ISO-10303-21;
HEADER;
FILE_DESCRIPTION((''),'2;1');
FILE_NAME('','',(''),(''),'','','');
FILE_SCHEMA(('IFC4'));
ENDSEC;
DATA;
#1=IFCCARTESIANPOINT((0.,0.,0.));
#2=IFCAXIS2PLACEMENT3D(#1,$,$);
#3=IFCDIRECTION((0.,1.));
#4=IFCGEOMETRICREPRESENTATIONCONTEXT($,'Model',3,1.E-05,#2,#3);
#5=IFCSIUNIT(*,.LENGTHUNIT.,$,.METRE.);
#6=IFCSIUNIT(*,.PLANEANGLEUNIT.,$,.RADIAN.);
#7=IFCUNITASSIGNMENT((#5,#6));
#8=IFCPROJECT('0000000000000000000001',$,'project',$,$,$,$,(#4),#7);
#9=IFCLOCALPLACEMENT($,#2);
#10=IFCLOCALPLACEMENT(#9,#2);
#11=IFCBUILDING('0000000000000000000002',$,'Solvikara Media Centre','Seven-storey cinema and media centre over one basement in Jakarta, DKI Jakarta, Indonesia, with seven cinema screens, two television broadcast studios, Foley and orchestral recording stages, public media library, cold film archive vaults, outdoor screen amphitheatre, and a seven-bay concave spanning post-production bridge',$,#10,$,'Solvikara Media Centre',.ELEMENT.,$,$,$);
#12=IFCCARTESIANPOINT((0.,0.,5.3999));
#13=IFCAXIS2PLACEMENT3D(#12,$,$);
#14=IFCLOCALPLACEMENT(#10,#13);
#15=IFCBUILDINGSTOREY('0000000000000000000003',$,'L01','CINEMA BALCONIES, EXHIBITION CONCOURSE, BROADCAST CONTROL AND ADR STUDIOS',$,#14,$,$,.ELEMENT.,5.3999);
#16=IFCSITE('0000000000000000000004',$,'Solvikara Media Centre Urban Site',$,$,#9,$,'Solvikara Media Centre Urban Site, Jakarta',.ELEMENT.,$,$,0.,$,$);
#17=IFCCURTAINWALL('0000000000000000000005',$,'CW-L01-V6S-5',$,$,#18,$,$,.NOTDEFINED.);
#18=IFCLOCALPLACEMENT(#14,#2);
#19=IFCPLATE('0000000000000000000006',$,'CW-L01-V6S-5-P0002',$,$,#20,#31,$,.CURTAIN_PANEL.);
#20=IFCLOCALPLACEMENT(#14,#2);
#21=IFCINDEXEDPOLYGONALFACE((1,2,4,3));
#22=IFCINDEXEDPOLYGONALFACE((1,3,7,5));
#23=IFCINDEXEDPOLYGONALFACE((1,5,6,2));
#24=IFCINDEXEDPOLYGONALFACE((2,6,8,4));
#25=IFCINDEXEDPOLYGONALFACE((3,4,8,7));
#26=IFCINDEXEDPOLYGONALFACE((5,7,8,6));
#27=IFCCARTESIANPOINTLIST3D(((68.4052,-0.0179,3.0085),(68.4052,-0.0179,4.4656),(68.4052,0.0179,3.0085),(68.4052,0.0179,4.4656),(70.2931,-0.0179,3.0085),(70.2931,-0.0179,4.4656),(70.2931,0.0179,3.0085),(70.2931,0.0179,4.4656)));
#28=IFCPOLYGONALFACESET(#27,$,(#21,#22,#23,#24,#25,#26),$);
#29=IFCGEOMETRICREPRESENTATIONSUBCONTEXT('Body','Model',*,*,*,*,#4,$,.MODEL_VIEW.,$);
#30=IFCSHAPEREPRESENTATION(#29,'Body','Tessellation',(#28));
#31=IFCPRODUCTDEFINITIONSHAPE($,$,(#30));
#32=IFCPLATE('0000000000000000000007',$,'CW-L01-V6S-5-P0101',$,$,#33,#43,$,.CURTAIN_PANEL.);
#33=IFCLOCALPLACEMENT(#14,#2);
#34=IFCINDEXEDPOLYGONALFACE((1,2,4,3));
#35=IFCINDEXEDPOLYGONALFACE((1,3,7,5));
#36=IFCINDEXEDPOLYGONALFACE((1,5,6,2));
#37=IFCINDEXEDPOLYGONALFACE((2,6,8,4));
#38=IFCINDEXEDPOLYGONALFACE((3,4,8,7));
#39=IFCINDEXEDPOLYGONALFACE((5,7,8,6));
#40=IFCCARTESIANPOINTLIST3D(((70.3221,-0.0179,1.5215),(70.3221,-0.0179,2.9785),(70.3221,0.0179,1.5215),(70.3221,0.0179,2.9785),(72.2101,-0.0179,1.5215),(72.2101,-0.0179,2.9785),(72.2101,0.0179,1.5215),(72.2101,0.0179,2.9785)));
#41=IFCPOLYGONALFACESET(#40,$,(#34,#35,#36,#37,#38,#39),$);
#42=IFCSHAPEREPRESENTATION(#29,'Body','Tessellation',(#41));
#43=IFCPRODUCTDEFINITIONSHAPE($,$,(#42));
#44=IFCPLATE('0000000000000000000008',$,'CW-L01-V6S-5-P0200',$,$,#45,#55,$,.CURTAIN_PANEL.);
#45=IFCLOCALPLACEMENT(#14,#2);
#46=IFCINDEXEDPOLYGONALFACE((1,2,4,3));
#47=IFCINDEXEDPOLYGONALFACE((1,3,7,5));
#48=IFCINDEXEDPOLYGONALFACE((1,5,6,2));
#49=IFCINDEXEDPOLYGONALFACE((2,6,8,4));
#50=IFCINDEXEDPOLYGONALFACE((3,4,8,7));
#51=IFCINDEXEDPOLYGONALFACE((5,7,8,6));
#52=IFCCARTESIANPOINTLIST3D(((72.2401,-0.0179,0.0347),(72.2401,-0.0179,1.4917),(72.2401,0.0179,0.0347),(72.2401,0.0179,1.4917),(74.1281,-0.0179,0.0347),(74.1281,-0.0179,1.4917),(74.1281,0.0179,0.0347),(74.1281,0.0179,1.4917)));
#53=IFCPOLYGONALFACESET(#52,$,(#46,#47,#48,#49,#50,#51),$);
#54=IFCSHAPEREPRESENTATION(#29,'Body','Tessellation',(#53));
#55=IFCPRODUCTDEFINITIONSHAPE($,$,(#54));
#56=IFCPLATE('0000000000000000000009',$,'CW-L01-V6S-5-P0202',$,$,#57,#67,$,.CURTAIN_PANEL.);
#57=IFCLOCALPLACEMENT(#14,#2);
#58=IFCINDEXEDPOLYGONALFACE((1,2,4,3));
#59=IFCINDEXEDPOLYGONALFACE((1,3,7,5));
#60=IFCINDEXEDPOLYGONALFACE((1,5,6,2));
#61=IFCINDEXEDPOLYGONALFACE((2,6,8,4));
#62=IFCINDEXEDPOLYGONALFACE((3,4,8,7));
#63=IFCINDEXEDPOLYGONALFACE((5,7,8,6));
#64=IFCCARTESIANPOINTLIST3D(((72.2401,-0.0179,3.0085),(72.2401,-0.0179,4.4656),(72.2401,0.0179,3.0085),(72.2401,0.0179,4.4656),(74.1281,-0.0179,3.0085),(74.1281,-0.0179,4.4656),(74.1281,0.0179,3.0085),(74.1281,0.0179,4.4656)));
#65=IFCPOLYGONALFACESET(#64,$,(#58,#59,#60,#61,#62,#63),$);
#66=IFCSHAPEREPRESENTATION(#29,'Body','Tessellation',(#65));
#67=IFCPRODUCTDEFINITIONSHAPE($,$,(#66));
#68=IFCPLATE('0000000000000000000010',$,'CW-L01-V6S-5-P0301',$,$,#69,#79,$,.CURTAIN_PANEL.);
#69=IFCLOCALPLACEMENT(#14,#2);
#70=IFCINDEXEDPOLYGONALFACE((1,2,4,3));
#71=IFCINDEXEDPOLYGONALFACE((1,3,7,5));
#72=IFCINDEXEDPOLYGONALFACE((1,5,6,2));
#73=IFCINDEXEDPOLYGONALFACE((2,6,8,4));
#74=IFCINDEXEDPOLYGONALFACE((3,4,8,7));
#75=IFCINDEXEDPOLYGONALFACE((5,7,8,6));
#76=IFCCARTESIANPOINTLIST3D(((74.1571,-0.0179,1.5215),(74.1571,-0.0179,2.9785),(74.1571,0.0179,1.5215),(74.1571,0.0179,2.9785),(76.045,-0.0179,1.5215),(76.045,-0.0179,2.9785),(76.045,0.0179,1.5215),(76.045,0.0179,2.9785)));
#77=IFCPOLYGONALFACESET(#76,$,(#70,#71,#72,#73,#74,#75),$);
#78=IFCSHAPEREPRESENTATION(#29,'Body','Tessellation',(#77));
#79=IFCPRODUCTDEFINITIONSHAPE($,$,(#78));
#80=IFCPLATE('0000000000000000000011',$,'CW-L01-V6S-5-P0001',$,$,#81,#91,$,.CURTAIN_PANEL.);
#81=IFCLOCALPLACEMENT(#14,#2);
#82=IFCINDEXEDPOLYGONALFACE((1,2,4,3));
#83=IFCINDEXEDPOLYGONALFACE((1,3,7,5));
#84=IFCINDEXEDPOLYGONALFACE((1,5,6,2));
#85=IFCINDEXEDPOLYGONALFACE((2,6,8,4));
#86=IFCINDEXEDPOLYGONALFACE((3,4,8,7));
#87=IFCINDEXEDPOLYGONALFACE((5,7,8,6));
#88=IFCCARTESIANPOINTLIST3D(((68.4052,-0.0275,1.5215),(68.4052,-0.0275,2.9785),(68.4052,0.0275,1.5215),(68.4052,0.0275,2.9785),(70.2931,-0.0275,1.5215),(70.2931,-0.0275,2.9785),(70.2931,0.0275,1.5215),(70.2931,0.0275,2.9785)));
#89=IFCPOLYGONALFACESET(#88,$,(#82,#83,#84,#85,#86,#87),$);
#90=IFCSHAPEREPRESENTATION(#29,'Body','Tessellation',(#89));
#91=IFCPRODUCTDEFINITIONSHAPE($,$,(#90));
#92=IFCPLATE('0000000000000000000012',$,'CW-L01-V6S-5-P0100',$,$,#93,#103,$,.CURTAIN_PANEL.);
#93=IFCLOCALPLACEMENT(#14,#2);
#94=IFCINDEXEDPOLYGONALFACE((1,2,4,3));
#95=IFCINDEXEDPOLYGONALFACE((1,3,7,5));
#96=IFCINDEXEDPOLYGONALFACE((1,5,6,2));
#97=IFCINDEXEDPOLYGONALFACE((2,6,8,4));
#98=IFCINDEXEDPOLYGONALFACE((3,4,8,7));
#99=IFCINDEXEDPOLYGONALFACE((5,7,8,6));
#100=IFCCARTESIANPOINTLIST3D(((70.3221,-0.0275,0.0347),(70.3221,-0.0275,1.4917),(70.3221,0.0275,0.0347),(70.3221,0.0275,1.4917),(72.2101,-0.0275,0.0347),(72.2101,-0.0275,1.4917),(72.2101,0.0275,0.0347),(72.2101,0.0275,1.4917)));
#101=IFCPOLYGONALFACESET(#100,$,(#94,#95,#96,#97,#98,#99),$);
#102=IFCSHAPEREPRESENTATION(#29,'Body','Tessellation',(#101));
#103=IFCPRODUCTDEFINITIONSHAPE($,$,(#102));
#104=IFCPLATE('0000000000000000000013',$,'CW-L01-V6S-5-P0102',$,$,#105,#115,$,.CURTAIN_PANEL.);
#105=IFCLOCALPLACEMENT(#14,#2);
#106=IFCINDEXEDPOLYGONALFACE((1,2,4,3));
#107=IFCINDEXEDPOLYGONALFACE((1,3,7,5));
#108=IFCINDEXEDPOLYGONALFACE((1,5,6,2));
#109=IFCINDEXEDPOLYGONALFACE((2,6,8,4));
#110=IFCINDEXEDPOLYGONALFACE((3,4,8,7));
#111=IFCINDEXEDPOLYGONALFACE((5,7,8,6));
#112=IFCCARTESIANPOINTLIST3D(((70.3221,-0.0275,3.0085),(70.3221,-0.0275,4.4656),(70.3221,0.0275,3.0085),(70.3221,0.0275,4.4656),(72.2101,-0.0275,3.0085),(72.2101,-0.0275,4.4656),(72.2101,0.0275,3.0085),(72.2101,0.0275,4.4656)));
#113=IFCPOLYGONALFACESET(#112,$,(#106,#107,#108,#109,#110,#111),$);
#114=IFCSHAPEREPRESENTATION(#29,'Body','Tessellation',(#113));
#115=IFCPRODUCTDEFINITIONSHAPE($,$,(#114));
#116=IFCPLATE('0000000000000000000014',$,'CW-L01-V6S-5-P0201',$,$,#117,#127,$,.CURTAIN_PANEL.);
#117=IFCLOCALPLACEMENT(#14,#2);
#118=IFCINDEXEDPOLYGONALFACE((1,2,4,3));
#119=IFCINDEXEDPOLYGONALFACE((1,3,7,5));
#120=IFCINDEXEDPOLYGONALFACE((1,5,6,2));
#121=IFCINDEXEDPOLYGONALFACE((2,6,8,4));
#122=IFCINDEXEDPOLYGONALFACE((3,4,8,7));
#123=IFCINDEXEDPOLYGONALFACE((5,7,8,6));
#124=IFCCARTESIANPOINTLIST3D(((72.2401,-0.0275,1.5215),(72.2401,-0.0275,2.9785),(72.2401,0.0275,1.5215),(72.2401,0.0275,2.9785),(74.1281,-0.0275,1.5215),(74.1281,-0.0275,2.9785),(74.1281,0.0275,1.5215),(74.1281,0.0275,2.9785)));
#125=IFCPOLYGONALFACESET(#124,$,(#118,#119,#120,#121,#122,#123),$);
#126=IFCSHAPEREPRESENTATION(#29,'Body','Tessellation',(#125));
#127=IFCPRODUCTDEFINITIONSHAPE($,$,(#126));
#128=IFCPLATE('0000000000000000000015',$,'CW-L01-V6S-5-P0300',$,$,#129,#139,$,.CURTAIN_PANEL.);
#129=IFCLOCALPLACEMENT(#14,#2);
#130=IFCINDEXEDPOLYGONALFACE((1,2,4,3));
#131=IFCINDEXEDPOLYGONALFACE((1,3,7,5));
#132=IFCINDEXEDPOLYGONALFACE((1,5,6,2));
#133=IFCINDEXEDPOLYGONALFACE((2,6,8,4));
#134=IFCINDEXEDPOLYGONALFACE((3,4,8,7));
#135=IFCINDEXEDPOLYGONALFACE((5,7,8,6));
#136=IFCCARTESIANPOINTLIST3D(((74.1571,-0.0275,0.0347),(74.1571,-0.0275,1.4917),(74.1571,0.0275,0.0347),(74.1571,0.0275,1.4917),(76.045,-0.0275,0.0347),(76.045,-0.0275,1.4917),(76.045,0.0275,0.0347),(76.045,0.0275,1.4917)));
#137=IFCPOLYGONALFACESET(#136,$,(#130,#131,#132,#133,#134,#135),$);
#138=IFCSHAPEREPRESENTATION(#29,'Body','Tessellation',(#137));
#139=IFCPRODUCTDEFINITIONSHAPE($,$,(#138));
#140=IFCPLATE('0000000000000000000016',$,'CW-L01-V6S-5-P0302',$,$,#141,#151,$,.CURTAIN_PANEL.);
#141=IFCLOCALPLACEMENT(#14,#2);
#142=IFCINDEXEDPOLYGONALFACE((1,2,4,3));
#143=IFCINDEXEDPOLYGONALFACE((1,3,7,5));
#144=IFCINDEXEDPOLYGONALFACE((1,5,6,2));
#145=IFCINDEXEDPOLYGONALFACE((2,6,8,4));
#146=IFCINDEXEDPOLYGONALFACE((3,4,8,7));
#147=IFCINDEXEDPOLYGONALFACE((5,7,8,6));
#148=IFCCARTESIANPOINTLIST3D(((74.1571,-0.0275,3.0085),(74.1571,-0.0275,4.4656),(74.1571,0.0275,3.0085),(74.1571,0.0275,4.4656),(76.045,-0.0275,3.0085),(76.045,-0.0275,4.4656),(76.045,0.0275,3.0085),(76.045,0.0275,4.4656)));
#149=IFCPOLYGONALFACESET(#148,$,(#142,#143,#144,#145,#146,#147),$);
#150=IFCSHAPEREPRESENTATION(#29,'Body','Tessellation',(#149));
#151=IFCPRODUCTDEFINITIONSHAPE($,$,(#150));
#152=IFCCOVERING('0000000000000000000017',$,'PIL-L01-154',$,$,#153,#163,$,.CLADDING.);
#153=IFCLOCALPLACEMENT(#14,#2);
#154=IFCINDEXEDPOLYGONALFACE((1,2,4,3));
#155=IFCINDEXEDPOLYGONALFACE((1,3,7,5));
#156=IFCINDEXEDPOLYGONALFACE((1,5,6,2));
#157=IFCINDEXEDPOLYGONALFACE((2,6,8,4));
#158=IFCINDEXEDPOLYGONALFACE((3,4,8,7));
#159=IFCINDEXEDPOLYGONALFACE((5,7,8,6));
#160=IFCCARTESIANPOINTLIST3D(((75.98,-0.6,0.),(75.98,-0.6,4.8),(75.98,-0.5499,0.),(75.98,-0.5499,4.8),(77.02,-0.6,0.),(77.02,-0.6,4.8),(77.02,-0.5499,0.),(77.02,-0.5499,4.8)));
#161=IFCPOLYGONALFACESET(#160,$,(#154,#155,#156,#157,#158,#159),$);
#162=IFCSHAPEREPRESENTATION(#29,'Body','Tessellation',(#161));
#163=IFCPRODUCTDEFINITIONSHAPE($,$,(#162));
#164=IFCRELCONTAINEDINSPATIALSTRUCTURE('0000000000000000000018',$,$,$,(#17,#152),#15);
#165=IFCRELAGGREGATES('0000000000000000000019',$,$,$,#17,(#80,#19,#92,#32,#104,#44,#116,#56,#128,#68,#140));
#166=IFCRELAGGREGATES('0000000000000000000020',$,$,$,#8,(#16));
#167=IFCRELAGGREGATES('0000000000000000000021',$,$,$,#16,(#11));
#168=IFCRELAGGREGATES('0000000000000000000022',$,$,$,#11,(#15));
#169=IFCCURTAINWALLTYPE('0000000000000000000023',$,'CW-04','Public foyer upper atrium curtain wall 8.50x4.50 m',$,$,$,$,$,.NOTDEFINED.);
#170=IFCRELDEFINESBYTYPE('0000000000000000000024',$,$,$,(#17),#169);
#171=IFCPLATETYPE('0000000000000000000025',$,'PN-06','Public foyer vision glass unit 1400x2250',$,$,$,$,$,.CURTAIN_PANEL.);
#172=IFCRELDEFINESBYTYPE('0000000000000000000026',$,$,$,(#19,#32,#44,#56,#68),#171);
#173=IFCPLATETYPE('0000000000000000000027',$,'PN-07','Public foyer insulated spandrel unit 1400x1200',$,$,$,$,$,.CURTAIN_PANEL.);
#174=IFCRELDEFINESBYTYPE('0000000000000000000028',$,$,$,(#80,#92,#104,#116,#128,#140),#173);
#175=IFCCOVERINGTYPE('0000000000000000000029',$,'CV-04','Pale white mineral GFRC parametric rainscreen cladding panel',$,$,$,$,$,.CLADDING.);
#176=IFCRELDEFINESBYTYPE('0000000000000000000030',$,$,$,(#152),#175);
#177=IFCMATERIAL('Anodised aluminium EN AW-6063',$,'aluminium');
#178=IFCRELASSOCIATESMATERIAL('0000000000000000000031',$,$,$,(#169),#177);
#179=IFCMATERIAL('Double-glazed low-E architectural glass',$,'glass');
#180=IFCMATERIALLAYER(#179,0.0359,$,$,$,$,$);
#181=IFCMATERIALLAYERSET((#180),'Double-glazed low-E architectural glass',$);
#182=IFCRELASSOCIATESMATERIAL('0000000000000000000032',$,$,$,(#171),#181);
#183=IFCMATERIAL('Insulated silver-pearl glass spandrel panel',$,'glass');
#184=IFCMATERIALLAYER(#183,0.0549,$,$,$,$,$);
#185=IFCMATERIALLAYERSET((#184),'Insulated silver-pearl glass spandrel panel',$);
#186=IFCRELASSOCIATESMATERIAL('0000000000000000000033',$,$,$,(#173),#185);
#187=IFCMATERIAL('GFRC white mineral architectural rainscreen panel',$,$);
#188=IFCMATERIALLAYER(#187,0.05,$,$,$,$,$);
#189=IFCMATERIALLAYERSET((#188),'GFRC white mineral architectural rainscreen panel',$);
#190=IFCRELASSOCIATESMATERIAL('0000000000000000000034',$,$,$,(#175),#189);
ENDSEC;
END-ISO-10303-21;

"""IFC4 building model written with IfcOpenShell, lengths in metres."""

from ifc_helpers import new_model, si_unit, direction, frame, origin, origin_2d, place, context, subcontext, project, spatial, rectangle, extrude, material, layer, layer_set, type_object, element, aggregate, save


model = new_model("IFC4")

# Units and contexts
model_context = context("Model", 3, precision=1e-05, world=origin(), true_north=direction((0.0, 1.0)))
body_context = subcontext(model_context, "Body", "Model", "MODEL_VIEW")
ifc_project = project(units=[si_unit("LENGTHUNIT", "METRE"), si_unit("PLANEANGLEUNIT", "RADIAN")], contexts=[model_context])

# Site, building, storey
site_placement = place(None, origin())
site = spatial("IfcSite", under=ifc_project, at=site_placement, Name="Solvikara Media Centre Urban Site", LongName="Solvikara Media Centre Urban Site, Jakarta", CompositionType="ELEMENT", RefElevation=0.0)
building_placement = place(site_placement, origin())
building = spatial("IfcBuilding", under=site, at=building_placement, Name="Solvikara Media Centre", Description="Seven-storey cinema and media centre over one basement in Jakarta, DKI Jakarta, Indonesia, with seven cinema screens, two television broadcast studios, Foley and orchestral recording stages, public media library, cold film archive vaults, outdoor screen amphitheatre, and a seven-bay concave spanning post-production bridge", LongName="Solvikara Media Centre", CompositionType="ELEMENT")
storey_placement = place(building_placement, frame((0.0, 0.0, 5.3999)))
storey = spatial("IfcBuildingStorey", under=building, at=storey_placement, Name="L01", Description="CINEMA BALCONIES, EXHIBITION CONCOURSE, BROADCAST CONTROL AND ADR STUDIOS", CompositionType="ELEMENT", Elevation=5.3999)

# Curtain wall, plates
ifc_material_1 = material(Name="Anodised aluminium EN AW-6063", Category="aluminium")
curtain_wall_type = type_object("IfcCurtainWallType", Name="CW-04", Description="Public foyer upper atrium curtain wall 8.50x4.50 m", PredefinedType="NOTDEFINED", material=ifc_material_1)
curtain_wall_placement = place(storey_placement, origin())
curtain_wall = element("IfcCurtainWall", 1, at=curtain_wall_placement, inside=storey, type_object=curtain_wall_type, Name="CW-L01-V6S-5", PredefinedType="NOTDEFINED")
ifc_material_2 = material(Name="Double-glazed low-E architectural glass", Category="glass")
ifc_layer_1 = layer(ifc_material_2, 0.0359)
ifc_layer_set_1 = layer_set([ifc_layer_1], Name="Double-glazed low-E architectural glass")
plate_type_1 = type_object("IfcPlateType", Name="PN-06", Description="Public foyer vision glass unit 1400x2250", PredefinedType="CURTAIN_PANEL", material=ifc_layer_set_1)
plate_1_placement = place(storey_placement, frame((69.3491, 0.0, 3.0085), z_axis=(0.0, 0.0, 1.0), x_axis=(1.0, 0.0, 0.0)))
plate_1 = element("IfcPlate", 2, at=plate_1_placement, type_object=plate_type_1, Name="CW-L01-V6S-5-P0002", PredefinedType="CURTAIN_PANEL", context=body_context, shape_type="SweptSolid", body=[
    extrude(rectangle(XDim=1.8879, YDim=0.0359, at=origin_2d()), origin(), (0.0, 0.0, 1.0), 1.457),
])
plate_2_placement = place(storey_placement, frame((71.2661, 0.0, 1.5215), z_axis=(0.0, 0.0, 1.0), x_axis=(1.0, 0.0, 0.0)))
plate_2 = element("IfcPlate", 3, at=plate_2_placement, type_object=plate_type_1, Name="CW-L01-V6S-5-P0101", PredefinedType="CURTAIN_PANEL", context=body_context, shape_type="SweptSolid", body=[
    extrude(rectangle(XDim=1.8879, YDim=0.0359, at=origin_2d()), origin(), (0.0, 0.0, 1.0), 1.457),
])
plate_3_placement = place(storey_placement, frame((73.1841, 0.0, 0.0347), z_axis=(0.0, 0.0, 1.0), x_axis=(1.0, 0.0, 0.0)))
plate_3 = element("IfcPlate", 4, at=plate_3_placement, type_object=plate_type_1, Name="CW-L01-V6S-5-P0200", PredefinedType="CURTAIN_PANEL", context=body_context, shape_type="SweptSolid", body=[
    extrude(rectangle(XDim=1.8879, YDim=0.0359, at=origin_2d()), origin(), (0.0, 0.0, 1.0), 1.457),
])
plate_4_placement = place(storey_placement, frame((73.1841, 0.0, 3.0085), z_axis=(0.0, 0.0, 1.0), x_axis=(1.0, 0.0, 0.0)))
plate_4 = element("IfcPlate", 5, at=plate_4_placement, type_object=plate_type_1, Name="CW-L01-V6S-5-P0202", PredefinedType="CURTAIN_PANEL", context=body_context, shape_type="SweptSolid", body=[
    extrude(rectangle(XDim=1.8879, YDim=0.0359, at=origin_2d()), origin(), (0.0, 0.0, 1.0), 1.457),
])
plate_5_placement = place(storey_placement, frame((75.1011, 0.0, 1.5215), z_axis=(0.0, 0.0, 1.0), x_axis=(1.0, 0.0, 0.0)))
plate_5 = element("IfcPlate", 6, at=plate_5_placement, type_object=plate_type_1, Name="CW-L01-V6S-5-P0301", PredefinedType="CURTAIN_PANEL", context=body_context, shape_type="SweptSolid", body=[
    extrude(rectangle(XDim=1.8879, YDim=0.0359, at=origin_2d()), origin(), (0.0, 0.0, 1.0), 1.457),
])
ifc_material_3 = material(Name="Insulated silver-pearl glass spandrel panel", Category="glass")
ifc_layer_2 = layer(ifc_material_3, 0.0549)
ifc_layer_set_2 = layer_set([ifc_layer_2], Name="Insulated silver-pearl glass spandrel panel")
plate_type_2 = type_object("IfcPlateType", Name="PN-07", Description="Public foyer insulated spandrel unit 1400x1200", PredefinedType="CURTAIN_PANEL", material=ifc_layer_set_2)
plate_6_placement = place(storey_placement, frame((69.3491, 0.0, 1.5215), z_axis=(0.0, 0.0, 1.0), x_axis=(1.0, 0.0, 0.0)))
plate_6 = element("IfcPlate", 7, at=plate_6_placement, type_object=plate_type_2, Name="CW-L01-V6S-5-P0001", PredefinedType="CURTAIN_PANEL", context=body_context, shape_type="SweptSolid", body=[
    extrude(rectangle(XDim=1.8879, YDim=0.0549, at=origin_2d()), origin(), (0.0, 0.0, 1.0), 1.457),
])
plate_7_placement = place(storey_placement, frame((71.2661, 0.0, 0.0347), z_axis=(0.0, 0.0, 1.0), x_axis=(1.0, 0.0, 0.0)))
plate_7 = element("IfcPlate", 8, at=plate_7_placement, type_object=plate_type_2, Name="CW-L01-V6S-5-P0100", PredefinedType="CURTAIN_PANEL", context=body_context, shape_type="SweptSolid", body=[
    extrude(rectangle(XDim=1.8879, YDim=0.0549, at=origin_2d()), origin(), (0.0, 0.0, 1.0), 1.457),
])
plate_8_placement = place(storey_placement, frame((71.2661, 0.0, 3.0085), z_axis=(0.0, 0.0, 1.0), x_axis=(1.0, 0.0, 0.0)))
plate_8 = element("IfcPlate", 9, at=plate_8_placement, type_object=plate_type_2, Name="CW-L01-V6S-5-P0102", PredefinedType="CURTAIN_PANEL", context=body_context, shape_type="SweptSolid", body=[
    extrude(rectangle(XDim=1.8879, YDim=0.0549, at=origin_2d()), origin(), (0.0, 0.0, 1.0), 1.457),
])
plate_9_placement = place(storey_placement, frame((73.1841, 0.0, 1.5215), z_axis=(0.0, 0.0, 1.0), x_axis=(1.0, 0.0, 0.0)))
plate_9 = element("IfcPlate", 10, at=plate_9_placement, type_object=plate_type_2, Name="CW-L01-V6S-5-P0201", PredefinedType="CURTAIN_PANEL", context=body_context, shape_type="SweptSolid", body=[
    extrude(rectangle(XDim=1.8879, YDim=0.0549, at=origin_2d()), origin(), (0.0, 0.0, 1.0), 1.457),
])
plate_10_placement = place(storey_placement, frame((75.1011, 0.0, 0.0347), z_axis=(0.0, 0.0, 1.0), x_axis=(1.0, 0.0, 0.0)))
plate_10 = element("IfcPlate", 11, at=plate_10_placement, type_object=plate_type_2, Name="CW-L01-V6S-5-P0300", PredefinedType="CURTAIN_PANEL", context=body_context, shape_type="SweptSolid", body=[
    extrude(rectangle(XDim=1.8879, YDim=0.0549, at=origin_2d()), origin(), (0.0, 0.0, 1.0), 1.457),
])
plate_11_placement = place(storey_placement, frame((75.1011, 0.0, 3.0085), z_axis=(0.0, 0.0, 1.0), x_axis=(1.0, 0.0, 0.0)))
plate_11 = element("IfcPlate", 12, at=plate_11_placement, type_object=plate_type_2, Name="CW-L01-V6S-5-P0302", PredefinedType="CURTAIN_PANEL", context=body_context, shape_type="SweptSolid", body=[
    extrude(rectangle(XDim=1.8879, YDim=0.0549, at=origin_2d()), origin(), (0.0, 0.0, 1.0), 1.457),
])
aggregate(curtain_wall, [plate_6, plate_1, plate_7, plate_2, plate_8, plate_3, plate_9, plate_4, plate_10, plate_5, plate_11])

# Covering
ifc_material_4 = material(Name="GFRC white mineral architectural rainscreen panel")
ifc_layer_3 = layer(ifc_material_4, 0.05)
ifc_layer_set_3 = layer_set([ifc_layer_3], Name="GFRC white mineral architectural rainscreen panel")
covering_type = type_object("IfcCoveringType", Name="CV-04", Description="Pale white mineral GFRC parametric rainscreen cladding panel", PredefinedType="CLADDING", material=ifc_layer_set_3)
covering_placement = place(storey_placement, frame((76.5, -0.575, 0.0), z_axis=(0.0, 0.0, 1.0), x_axis=(1.0, 0.0, 0.0)))
element("IfcCovering", 13, at=covering_placement, inside=storey, type_object=covering_type, Name="PIL-L01-154", PredefinedType="CLADDING", context=body_context, shape_type="SweptSolid", body=[
    extrude(rectangle(XDim=1.04, YDim=0.05, at=origin_2d()), origin(), (0.0, 0.0, 1.0), 4.8),
])

save(model, "model.ifc")
